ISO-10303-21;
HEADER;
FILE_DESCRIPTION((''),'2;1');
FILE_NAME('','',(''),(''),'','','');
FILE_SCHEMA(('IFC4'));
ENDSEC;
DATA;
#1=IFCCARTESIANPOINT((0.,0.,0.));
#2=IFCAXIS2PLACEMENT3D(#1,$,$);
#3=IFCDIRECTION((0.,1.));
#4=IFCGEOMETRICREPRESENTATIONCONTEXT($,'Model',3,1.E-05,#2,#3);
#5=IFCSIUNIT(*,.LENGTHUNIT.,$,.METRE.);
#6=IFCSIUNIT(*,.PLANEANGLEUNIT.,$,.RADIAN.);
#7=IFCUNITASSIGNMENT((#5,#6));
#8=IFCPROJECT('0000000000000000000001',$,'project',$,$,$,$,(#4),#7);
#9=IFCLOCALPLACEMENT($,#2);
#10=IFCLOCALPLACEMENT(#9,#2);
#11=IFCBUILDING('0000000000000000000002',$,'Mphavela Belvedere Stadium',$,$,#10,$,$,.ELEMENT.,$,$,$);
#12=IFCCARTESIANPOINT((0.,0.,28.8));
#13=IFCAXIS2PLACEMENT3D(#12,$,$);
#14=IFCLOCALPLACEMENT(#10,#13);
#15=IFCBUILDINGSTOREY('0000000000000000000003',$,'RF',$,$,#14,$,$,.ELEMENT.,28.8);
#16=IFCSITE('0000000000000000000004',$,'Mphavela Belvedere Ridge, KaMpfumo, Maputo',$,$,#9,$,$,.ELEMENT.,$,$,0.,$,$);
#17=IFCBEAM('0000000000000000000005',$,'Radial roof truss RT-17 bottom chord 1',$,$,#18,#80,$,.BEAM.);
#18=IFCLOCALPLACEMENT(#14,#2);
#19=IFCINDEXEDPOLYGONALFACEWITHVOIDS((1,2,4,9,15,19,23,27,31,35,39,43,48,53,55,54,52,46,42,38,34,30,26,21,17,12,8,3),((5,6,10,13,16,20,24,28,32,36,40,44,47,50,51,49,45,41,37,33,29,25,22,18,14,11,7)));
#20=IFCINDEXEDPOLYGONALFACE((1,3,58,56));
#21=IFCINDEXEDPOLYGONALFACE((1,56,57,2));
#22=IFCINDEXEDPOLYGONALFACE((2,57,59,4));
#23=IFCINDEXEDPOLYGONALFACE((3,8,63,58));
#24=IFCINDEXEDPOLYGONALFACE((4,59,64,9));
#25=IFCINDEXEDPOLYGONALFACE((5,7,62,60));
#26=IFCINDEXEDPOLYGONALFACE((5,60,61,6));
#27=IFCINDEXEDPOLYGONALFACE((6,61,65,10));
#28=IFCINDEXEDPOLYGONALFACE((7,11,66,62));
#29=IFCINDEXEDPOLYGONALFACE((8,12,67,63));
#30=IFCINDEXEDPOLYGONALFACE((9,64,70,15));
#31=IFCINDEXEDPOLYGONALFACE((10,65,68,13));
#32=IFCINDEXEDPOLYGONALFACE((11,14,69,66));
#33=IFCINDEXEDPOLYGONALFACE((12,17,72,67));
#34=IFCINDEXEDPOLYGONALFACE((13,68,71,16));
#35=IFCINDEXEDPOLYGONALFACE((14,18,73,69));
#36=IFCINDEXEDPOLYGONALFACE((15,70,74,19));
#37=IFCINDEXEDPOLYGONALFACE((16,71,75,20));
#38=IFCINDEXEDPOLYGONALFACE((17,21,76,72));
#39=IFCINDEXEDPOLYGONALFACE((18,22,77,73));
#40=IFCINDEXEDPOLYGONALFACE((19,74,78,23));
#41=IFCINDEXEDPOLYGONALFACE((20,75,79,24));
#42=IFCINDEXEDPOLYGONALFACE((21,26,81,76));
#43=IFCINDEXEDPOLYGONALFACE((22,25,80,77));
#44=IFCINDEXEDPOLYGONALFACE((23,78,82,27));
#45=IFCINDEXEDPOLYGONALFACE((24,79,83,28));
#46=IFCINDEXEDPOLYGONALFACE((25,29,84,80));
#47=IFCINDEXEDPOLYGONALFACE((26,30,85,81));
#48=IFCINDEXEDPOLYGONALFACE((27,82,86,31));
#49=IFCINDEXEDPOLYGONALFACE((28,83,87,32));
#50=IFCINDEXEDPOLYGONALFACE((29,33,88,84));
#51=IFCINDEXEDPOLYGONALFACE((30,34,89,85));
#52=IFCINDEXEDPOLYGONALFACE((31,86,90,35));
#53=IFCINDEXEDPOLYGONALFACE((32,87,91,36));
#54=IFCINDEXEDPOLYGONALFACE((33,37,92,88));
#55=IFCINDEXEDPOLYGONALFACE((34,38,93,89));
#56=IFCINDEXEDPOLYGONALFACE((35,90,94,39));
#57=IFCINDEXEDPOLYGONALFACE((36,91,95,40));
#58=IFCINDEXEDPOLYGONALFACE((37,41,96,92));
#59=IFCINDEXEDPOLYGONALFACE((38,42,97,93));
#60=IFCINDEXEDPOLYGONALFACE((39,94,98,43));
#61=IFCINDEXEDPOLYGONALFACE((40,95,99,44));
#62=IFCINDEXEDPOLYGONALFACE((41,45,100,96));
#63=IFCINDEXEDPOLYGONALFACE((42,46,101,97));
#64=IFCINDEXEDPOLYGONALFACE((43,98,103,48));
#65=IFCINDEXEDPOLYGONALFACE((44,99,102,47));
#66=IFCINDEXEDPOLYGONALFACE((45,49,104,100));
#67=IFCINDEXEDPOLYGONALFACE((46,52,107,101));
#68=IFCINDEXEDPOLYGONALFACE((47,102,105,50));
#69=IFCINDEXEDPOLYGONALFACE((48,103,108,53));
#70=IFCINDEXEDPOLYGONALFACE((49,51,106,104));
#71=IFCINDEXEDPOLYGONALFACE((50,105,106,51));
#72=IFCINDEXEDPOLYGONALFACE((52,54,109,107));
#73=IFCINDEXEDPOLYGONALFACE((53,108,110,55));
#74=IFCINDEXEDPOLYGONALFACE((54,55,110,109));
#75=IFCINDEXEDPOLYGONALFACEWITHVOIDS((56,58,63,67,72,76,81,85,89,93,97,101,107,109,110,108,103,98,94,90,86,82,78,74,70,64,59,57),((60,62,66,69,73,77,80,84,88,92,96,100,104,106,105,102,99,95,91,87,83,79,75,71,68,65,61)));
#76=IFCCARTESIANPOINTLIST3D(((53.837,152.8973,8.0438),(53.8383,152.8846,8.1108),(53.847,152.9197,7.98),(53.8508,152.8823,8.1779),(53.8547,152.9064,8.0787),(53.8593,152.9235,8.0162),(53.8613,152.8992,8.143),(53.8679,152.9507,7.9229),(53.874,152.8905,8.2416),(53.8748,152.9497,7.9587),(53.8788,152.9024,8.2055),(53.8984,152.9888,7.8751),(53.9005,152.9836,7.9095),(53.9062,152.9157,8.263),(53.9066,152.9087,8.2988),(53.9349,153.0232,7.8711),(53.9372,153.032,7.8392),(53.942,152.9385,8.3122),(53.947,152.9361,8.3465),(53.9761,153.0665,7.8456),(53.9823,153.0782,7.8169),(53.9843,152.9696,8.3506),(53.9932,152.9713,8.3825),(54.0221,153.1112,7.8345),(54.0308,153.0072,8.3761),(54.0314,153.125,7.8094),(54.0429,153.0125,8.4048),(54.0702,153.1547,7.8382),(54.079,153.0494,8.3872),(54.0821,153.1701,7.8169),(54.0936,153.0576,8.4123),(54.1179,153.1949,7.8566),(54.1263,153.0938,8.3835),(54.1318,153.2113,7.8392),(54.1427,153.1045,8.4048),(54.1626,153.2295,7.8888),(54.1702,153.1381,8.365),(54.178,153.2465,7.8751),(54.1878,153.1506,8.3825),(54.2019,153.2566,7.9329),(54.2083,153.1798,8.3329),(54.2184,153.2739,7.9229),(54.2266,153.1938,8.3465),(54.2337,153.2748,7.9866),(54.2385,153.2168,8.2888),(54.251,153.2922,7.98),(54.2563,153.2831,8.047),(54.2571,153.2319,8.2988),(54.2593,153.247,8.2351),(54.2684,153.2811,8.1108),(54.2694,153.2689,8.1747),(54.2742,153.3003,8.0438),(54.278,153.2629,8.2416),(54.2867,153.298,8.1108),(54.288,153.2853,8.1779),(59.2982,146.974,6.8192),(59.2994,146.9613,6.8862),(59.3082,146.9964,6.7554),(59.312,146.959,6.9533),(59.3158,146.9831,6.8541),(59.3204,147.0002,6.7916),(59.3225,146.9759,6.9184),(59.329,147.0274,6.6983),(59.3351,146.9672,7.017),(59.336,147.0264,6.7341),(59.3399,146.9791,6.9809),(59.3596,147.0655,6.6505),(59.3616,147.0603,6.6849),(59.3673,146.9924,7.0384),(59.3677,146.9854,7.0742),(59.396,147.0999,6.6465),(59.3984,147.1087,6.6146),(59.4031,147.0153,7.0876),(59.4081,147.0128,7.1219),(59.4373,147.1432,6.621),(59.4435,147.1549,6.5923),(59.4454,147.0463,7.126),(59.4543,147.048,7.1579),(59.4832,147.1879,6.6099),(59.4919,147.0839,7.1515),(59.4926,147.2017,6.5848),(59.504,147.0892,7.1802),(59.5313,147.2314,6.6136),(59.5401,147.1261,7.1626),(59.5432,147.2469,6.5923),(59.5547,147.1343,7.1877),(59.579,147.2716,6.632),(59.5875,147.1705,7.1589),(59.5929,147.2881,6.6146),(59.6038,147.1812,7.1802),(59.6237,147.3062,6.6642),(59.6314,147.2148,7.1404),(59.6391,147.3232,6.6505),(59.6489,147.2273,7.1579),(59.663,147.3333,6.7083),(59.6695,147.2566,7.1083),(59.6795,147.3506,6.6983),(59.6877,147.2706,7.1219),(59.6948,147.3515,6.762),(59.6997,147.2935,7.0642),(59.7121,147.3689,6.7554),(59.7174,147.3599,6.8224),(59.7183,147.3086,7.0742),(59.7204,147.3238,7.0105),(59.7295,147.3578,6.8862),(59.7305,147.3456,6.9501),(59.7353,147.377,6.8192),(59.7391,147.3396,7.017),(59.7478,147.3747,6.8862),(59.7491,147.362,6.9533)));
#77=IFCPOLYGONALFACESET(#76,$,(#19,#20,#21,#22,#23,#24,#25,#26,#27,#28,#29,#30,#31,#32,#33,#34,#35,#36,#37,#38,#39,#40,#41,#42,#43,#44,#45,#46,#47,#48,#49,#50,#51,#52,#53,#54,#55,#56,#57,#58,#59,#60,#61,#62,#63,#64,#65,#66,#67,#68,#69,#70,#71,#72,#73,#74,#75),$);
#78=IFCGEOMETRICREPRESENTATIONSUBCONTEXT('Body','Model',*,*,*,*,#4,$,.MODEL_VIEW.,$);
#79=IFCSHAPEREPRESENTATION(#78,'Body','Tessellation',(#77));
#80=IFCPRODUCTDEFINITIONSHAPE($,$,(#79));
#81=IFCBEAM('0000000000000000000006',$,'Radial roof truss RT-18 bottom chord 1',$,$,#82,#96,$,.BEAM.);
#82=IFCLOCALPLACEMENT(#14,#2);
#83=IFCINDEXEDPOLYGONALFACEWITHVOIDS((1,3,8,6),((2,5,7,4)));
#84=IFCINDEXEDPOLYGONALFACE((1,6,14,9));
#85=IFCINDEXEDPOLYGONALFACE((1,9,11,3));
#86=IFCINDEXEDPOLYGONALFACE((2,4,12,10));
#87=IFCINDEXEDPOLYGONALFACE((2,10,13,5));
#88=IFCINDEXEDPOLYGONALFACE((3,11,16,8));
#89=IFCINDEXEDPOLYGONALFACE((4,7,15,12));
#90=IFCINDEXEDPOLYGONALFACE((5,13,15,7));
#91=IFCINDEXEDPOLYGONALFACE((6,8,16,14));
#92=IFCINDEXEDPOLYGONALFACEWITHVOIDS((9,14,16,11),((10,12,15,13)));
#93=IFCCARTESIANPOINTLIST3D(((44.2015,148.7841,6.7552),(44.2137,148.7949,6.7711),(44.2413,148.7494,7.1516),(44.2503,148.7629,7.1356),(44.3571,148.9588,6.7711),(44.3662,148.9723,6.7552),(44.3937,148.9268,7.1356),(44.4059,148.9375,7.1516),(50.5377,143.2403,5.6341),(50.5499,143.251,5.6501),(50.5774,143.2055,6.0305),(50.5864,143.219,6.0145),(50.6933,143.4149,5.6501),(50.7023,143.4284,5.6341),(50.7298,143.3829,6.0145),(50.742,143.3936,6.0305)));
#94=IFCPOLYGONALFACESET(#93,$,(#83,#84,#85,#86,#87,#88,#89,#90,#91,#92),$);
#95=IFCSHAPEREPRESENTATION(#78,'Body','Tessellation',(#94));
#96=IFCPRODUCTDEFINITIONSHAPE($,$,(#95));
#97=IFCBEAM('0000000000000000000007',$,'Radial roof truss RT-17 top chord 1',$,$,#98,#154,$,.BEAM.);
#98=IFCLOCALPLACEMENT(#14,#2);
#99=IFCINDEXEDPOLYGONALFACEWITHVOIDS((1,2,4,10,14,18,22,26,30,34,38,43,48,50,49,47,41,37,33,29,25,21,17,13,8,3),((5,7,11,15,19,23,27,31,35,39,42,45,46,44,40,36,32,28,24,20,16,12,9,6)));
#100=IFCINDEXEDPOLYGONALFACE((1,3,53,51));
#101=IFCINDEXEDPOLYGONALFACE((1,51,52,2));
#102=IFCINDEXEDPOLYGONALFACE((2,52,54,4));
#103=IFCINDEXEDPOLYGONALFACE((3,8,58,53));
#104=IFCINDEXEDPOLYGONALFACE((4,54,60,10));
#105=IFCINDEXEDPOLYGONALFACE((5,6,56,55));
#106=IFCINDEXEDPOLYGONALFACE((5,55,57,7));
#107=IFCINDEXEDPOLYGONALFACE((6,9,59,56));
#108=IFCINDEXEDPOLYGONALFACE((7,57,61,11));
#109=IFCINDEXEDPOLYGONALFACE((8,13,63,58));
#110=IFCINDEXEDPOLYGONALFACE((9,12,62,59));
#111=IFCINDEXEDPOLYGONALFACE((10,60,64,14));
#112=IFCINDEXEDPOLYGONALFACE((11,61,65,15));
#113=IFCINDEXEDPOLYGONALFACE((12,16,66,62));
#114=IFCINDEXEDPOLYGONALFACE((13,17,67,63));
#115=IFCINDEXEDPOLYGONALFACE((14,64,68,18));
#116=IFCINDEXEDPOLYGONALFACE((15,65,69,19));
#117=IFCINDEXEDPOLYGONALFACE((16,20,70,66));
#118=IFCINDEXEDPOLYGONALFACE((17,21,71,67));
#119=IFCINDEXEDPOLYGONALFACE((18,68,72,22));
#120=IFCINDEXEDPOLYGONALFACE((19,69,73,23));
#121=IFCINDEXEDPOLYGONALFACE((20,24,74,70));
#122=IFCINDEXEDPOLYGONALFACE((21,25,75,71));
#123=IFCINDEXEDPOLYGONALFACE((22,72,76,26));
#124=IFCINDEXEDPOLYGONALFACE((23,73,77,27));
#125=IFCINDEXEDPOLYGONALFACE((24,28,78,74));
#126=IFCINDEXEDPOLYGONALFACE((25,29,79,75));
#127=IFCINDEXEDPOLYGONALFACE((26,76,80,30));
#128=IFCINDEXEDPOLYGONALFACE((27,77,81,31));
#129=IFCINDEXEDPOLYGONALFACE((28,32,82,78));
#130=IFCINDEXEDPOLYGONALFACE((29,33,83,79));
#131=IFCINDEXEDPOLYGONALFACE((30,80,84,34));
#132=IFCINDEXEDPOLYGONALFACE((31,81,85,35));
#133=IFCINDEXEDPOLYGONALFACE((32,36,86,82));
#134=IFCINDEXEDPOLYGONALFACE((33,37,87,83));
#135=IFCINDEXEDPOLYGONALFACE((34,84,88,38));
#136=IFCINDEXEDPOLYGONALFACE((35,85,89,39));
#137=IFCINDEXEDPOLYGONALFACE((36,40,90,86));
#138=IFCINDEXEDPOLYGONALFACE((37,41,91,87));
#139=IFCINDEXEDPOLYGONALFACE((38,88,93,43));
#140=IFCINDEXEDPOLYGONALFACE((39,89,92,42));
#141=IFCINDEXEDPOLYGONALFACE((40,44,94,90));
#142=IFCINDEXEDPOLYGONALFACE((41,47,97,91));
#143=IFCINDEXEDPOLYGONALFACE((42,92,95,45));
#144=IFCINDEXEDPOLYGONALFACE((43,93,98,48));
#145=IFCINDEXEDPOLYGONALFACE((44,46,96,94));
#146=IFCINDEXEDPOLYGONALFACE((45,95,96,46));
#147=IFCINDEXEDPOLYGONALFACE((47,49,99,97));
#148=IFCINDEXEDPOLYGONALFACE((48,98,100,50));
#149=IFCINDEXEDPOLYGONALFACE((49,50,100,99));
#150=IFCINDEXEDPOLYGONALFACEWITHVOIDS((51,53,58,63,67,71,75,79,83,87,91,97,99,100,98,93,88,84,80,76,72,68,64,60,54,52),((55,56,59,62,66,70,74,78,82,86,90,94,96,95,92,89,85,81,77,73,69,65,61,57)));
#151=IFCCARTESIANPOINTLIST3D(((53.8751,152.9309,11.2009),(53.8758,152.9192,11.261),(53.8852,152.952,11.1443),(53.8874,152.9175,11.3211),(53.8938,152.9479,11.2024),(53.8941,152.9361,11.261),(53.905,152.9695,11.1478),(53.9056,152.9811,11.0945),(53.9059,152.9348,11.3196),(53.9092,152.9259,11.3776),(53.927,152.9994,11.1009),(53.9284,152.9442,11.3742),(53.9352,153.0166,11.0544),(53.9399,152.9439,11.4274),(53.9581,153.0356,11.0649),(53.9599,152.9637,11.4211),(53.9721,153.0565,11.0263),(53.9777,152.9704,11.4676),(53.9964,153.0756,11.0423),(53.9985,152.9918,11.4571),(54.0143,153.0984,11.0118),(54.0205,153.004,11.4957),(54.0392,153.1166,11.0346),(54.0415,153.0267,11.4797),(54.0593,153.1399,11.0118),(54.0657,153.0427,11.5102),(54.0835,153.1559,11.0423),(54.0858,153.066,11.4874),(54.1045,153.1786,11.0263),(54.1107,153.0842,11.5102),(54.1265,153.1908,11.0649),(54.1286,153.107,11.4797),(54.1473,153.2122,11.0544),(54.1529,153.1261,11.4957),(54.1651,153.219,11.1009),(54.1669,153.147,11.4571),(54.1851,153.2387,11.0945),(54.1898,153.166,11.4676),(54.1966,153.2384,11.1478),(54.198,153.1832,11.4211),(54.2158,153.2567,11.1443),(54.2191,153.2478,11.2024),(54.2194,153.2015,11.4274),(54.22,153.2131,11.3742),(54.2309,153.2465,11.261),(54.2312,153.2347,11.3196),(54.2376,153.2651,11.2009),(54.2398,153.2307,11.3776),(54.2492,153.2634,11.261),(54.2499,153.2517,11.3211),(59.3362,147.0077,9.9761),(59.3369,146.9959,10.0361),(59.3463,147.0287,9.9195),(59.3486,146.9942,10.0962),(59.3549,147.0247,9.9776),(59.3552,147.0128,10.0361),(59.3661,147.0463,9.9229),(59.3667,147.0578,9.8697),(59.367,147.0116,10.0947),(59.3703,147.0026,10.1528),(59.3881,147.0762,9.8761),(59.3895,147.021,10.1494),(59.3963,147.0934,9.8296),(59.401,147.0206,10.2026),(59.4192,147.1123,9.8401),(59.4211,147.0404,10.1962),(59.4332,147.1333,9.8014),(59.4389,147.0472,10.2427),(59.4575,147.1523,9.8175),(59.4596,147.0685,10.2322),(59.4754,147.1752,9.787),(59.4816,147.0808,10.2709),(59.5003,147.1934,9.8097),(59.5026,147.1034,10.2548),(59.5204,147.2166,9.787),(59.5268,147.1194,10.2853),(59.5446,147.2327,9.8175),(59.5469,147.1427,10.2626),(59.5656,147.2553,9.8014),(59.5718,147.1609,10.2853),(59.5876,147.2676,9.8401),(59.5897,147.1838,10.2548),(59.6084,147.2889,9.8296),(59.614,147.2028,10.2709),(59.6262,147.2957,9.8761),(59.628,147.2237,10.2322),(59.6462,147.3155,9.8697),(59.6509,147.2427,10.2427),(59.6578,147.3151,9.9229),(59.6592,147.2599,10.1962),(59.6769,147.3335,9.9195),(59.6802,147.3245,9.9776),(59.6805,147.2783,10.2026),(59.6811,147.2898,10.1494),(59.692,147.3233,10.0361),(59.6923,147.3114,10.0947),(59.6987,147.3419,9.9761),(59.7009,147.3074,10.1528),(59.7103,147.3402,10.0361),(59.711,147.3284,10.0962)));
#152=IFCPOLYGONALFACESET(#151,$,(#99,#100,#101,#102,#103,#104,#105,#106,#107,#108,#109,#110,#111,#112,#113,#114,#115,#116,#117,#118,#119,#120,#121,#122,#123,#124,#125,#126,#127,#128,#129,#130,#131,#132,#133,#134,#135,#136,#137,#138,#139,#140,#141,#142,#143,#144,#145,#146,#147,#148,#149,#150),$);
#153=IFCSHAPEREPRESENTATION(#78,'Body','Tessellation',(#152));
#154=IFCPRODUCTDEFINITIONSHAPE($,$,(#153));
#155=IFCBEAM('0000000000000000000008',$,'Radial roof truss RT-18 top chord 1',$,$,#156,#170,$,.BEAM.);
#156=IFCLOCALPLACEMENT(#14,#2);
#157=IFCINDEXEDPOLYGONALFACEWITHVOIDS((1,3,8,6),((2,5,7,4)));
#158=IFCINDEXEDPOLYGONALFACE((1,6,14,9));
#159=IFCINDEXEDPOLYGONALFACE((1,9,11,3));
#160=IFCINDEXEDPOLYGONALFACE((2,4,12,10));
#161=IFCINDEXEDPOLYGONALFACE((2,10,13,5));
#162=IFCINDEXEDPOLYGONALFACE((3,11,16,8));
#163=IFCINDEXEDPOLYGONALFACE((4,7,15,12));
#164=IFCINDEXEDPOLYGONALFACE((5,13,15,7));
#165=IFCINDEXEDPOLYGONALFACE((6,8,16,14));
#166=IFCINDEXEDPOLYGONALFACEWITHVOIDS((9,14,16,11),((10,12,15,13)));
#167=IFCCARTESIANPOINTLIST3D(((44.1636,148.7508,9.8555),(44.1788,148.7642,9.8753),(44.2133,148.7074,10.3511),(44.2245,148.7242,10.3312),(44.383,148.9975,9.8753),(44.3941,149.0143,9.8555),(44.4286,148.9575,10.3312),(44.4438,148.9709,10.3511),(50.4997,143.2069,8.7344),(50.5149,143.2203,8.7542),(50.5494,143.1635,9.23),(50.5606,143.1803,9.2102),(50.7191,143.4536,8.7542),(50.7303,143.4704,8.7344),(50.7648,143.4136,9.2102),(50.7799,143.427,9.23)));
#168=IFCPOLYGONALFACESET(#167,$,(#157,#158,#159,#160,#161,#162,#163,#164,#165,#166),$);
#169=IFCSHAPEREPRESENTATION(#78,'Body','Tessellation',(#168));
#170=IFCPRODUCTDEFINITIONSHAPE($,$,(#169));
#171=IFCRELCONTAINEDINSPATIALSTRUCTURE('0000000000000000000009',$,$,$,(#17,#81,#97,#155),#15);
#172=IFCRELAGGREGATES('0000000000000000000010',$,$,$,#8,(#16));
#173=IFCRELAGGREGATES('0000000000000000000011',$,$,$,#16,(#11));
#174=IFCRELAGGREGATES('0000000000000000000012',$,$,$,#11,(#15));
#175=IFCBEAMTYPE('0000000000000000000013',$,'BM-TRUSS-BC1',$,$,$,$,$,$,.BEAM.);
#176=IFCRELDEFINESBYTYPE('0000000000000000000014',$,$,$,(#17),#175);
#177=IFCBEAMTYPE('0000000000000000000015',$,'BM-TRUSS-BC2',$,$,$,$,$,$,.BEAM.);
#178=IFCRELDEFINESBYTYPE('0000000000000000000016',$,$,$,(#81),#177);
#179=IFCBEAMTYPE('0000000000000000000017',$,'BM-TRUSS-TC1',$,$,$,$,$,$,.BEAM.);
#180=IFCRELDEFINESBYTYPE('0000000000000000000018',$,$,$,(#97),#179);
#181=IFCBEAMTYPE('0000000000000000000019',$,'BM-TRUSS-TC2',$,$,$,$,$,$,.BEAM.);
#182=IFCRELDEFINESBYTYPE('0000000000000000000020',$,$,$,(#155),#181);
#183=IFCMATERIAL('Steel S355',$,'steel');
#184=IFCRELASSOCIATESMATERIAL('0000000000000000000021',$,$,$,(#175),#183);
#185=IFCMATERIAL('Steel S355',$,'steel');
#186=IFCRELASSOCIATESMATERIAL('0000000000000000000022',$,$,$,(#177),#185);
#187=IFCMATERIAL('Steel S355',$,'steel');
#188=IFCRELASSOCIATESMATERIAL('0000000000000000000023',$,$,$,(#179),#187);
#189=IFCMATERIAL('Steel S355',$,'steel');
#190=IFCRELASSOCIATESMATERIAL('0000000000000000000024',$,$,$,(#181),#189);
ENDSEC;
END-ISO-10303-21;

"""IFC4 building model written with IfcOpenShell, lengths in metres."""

from ifc_helpers import new_model, si_unit, direction, frame, origin, origin_2d, place, context, subcontext, project, spatial, hollow_rectangle, hollow_circle, extrude, material, material_profile, profile_set, type_object, element, save


model = new_model("IFC4")

# Units and contexts
model_context = context("Model", 3, precision=1e-05, world=origin(), true_north=direction((0.0, 1.0)))
body_context = subcontext(model_context, "Body", "Model", "MODEL_VIEW")
ifc_project = project(units=[si_unit("LENGTHUNIT", "METRE"), si_unit("PLANEANGLEUNIT", "RADIAN")], contexts=[model_context])

# Site, building, storey
site_placement = place(None, origin())
site = spatial("IfcSite", under=ifc_project, at=site_placement, Name="Mphavela Belvedere Ridge, KaMpfumo, Maputo", CompositionType="ELEMENT", RefElevation=0.0)
building_placement = place(site_placement, origin())
building = spatial("IfcBuilding", under=site, at=building_placement, Name="Mphavela Belvedere Stadium", CompositionType="ELEMENT")
storey_placement = place(building_placement, frame((0.0, 0.0, 28.8)))
storey = spatial("IfcBuildingStorey", under=building, at=storey_placement, Name="RF", CompositionType="ELEMENT", Elevation=28.8)

# Beams
ifc_material_1 = material(Name="Steel S355", Category="steel")
ifc_material_profile_1 = material_profile(ifc_material_1, hollow_circle(Radius=0.3049, WallThickness=0.0249, at=origin_2d()), Name="CHS 610x25")
ifc_profile_set_1 = profile_set([ifc_material_profile_1], Name="Steel S355")
beam_type_1 = type_object("IfcBeamType", Name="BM-TRUSS-BC1", PredefinedType="BEAM", material=ifc_profile_set_1)
beam_1_placement = place(storey_placement, frame((54.0625, 153.0913, 8.1108), z_axis=(0.670146, -0.726858, -0.150273), x_axis=(0.735206, 0.677843, 0.0)))
element("IfcBeam", 1, at=beam_1_placement, inside=storey, type_object=beam_type_1, Name="Radial roof truss RT-17 bottom chord 1", PredefinedType="BEAM", context=body_context, shape_type="SweptSolid", body=[
    extrude(hollow_circle(Radius=0.3049, WallThickness=0.0249, at=origin_2d()), origin(), (0.0, 0.0, 1.0), 8.1492),
])
ifc_material_2 = material(Name="Steel S355", Category="steel")
ifc_material_profile_2 = material_profile(ifc_material_2, hollow_rectangle(XDim=0.25, YDim=0.3999, WallThickness=0.0161, at=origin_2d()), Name="RHS 400x250x16")
ifc_profile_set_2 = profile_set([ifc_material_profile_2], Name="Steel S355")
beam_type_2 = type_object("IfcBeamType", Name="BM-TRUSS-BC2", PredefinedType="BEAM", material=ifc_profile_set_2)
beam_2_placement = place(storey_placement, frame((44.3037, 148.8608, 6.9534), z_axis=(0.746004, -0.652729, -0.131994), x_axis=(0.65849, 0.752589, 0.0)))
element("IfcBeam", 2, at=beam_2_placement, inside=storey, type_object=beam_type_2, Name="Radial roof truss RT-18 bottom chord 1", PredefinedType="BEAM", context=body_context, shape_type="SweptSolid", body=[
    extrude(hollow_rectangle(XDim=0.25, YDim=0.3999, WallThickness=0.0161, at=origin_2d()), origin(), (0.0, 0.0, 1.0), 8.4934),
])
ifc_material_3 = material(Name="Steel S355", Category="steel")
ifc_material_profile_3 = material_profile(ifc_material_3, hollow_circle(Radius=0.2539, WallThickness=0.0249, at=origin_2d()), Name="CHS 508x25")
ifc_profile_set_3 = profile_set([ifc_material_profile_3], Name="Steel S355")
beam_type_3 = type_object("IfcBeamType", Name="BM-TRUSS-TC1", PredefinedType="BEAM", material=ifc_profile_set_3)
beam_3_placement = place(storey_placement, frame((54.0625, 153.0913, 11.261), z_axis=(0.670143, -0.726855, -0.150302), x_axis=(0.735206, 0.677843, 0.0)))
element("IfcBeam", 3, at=beam_3_placement, inside=storey, type_object=beam_type_3, Name="Radial roof truss RT-17 top chord 1", PredefinedType="BEAM", context=body_context, shape_type="SweptSolid", body=[
    extrude(hollow_circle(Radius=0.2539, WallThickness=0.0249, at=origin_2d()), origin(), (0.0, 0.0, 1.0), 8.1492),
])
ifc_material_4 = material(Name="Steel S355", Category="steel")
ifc_material_profile_4 = material_profile(ifc_material_4, hollow_rectangle(XDim=0.3501, YDim=0.5, WallThickness=0.02, at=origin_2d()), Name="RHS 500x350x20")
ifc_profile_set_4 = profile_set([ifc_material_profile_4], Name="Steel S355")
beam_type_4 = type_object("IfcBeamType", Name="BM-TRUSS-TC2", PredefinedType="BEAM", material=ifc_profile_set_4)
beam_4_placement = place(storey_placement, frame((44.3037, 148.8608, 10.1033), z_axis=(0.746004, -0.652729, -0.131994), x_axis=(0.65849, 0.752589, 0.0)))
element("IfcBeam", 4, at=beam_4_placement, inside=storey, type_object=beam_type_4, Name="Radial roof truss RT-18 top chord 1", PredefinedType="BEAM", context=body_context, shape_type="SweptSolid", body=[
    extrude(hollow_rectangle(XDim=0.3501, YDim=0.5, WallThickness=0.02, at=origin_2d()), origin(), (0.0, 0.0, 1.0), 8.4934),
])

save(model, "model.ifc")
